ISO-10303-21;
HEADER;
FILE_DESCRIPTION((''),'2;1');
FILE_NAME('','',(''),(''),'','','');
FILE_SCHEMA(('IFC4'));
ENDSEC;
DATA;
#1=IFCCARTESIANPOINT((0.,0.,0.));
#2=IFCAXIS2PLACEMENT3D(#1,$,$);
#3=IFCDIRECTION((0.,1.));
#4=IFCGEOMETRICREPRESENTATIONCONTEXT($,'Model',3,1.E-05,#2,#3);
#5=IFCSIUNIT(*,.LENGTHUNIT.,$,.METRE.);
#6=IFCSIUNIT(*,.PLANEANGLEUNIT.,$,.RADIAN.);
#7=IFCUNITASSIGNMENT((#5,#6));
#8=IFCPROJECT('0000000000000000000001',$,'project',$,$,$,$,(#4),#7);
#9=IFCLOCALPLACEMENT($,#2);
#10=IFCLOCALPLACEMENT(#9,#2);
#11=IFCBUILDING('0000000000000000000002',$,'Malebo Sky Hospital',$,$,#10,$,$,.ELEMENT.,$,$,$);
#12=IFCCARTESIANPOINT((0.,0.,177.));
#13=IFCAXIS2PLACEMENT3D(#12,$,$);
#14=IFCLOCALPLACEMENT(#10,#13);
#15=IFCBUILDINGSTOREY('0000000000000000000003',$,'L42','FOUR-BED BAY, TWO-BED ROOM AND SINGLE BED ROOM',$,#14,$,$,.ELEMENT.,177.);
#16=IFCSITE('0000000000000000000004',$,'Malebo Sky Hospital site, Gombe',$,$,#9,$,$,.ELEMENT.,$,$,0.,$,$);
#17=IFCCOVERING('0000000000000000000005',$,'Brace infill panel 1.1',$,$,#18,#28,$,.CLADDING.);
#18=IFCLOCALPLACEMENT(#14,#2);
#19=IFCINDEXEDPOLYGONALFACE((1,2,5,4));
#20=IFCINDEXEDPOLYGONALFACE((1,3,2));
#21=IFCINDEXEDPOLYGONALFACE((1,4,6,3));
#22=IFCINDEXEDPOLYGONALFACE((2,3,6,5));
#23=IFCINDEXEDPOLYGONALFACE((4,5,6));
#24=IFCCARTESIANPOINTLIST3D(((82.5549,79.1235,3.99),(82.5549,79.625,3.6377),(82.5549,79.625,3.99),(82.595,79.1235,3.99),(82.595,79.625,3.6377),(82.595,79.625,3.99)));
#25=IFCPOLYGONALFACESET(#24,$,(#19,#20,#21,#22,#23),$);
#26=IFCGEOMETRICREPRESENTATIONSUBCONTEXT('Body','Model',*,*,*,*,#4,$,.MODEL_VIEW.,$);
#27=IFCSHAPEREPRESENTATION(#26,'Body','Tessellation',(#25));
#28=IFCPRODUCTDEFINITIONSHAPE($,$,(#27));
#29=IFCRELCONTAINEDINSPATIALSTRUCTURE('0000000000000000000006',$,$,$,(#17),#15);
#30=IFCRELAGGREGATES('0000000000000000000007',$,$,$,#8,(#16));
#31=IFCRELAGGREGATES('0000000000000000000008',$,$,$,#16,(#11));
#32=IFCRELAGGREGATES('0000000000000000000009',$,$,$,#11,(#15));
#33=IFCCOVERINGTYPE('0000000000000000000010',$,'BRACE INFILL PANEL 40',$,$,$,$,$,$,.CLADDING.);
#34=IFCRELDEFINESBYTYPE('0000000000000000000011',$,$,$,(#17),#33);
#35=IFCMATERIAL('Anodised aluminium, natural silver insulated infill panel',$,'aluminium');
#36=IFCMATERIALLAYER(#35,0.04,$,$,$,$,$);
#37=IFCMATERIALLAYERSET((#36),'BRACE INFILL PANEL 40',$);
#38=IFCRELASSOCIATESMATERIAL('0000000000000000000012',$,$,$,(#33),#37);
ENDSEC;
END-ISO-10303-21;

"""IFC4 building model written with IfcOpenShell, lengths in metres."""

from ifc_helpers import new_model, si_unit, direction, frame, origin, place, context, subcontext, project, spatial, polyline, outline, extrude, material, layer, layer_set, type_object, element, save


model = new_model("IFC4")

# Units and contexts
model_context = context("Model", 3, precision=1e-05, world=origin(), true_north=direction((0.0, 1.0)))
body_context = subcontext(model_context, "Body", "Model", "MODEL_VIEW")
ifc_project = project(units=[si_unit("LENGTHUNIT", "METRE"), si_unit("PLANEANGLEUNIT", "RADIAN")], contexts=[model_context])

# Site, building, storey
site_placement = place(None, origin())
site = spatial("IfcSite", under=ifc_project, at=site_placement, Name="Malebo Sky Hospital site, Gombe", CompositionType="ELEMENT", RefElevation=0.0)
building_placement = place(site_placement, origin())
building = spatial("IfcBuilding", under=site, at=building_placement, Name="Malebo Sky Hospital", CompositionType="ELEMENT")
storey_placement = place(building_placement, frame((0.0, 0.0, 177.0)))
storey = spatial("IfcBuildingStorey", under=building, at=storey_placement, Name="L42", Description="FOUR-BED BAY, TWO-BED ROOM AND SINGLE BED ROOM", CompositionType="ELEMENT", Elevation=177.0)

# Covering
ifc_material_1 = material(Name="Anodised aluminium, natural silver insulated infill panel", Category="aluminium")
ifc_layer_1 = layer(ifc_material_1, 0.04)
ifc_layer_set_1 = layer_set([ifc_layer_1], Name="BRACE INFILL PANEL 40")
covering_type = type_object("IfcCoveringType", Name="BRACE INFILL PANEL 40", PredefinedType="CLADDING", material=ifc_layer_set_1)
covering_placement = place(storey_placement, frame((82.575, 79.3743, 3.6377), z_axis=(0.0, 0.0, 1.0), x_axis=(0.0, -1.0, 0.0)))
element("IfcCovering", 1, at=covering_placement, inside=storey, type_object=covering_type, Name="Brace infill panel 1.1", PredefinedType="CLADDING", context=body_context, shape_type="SweptSolid", body=[
    extrude(outline(polyline([(-0.2507, 0.0), (0.2507, 0.3523), (-0.2507, 0.3523), (-0.2507, 0.0)])), frame((0.0, 0.02, 0.0), z_axis=(0.0, -1.0, 0.0), x_axis=(1.0, 0.0, 0.0)), (0.0, 0.0, 1.0), 0.04),
])

save(model, "model.ifc")
